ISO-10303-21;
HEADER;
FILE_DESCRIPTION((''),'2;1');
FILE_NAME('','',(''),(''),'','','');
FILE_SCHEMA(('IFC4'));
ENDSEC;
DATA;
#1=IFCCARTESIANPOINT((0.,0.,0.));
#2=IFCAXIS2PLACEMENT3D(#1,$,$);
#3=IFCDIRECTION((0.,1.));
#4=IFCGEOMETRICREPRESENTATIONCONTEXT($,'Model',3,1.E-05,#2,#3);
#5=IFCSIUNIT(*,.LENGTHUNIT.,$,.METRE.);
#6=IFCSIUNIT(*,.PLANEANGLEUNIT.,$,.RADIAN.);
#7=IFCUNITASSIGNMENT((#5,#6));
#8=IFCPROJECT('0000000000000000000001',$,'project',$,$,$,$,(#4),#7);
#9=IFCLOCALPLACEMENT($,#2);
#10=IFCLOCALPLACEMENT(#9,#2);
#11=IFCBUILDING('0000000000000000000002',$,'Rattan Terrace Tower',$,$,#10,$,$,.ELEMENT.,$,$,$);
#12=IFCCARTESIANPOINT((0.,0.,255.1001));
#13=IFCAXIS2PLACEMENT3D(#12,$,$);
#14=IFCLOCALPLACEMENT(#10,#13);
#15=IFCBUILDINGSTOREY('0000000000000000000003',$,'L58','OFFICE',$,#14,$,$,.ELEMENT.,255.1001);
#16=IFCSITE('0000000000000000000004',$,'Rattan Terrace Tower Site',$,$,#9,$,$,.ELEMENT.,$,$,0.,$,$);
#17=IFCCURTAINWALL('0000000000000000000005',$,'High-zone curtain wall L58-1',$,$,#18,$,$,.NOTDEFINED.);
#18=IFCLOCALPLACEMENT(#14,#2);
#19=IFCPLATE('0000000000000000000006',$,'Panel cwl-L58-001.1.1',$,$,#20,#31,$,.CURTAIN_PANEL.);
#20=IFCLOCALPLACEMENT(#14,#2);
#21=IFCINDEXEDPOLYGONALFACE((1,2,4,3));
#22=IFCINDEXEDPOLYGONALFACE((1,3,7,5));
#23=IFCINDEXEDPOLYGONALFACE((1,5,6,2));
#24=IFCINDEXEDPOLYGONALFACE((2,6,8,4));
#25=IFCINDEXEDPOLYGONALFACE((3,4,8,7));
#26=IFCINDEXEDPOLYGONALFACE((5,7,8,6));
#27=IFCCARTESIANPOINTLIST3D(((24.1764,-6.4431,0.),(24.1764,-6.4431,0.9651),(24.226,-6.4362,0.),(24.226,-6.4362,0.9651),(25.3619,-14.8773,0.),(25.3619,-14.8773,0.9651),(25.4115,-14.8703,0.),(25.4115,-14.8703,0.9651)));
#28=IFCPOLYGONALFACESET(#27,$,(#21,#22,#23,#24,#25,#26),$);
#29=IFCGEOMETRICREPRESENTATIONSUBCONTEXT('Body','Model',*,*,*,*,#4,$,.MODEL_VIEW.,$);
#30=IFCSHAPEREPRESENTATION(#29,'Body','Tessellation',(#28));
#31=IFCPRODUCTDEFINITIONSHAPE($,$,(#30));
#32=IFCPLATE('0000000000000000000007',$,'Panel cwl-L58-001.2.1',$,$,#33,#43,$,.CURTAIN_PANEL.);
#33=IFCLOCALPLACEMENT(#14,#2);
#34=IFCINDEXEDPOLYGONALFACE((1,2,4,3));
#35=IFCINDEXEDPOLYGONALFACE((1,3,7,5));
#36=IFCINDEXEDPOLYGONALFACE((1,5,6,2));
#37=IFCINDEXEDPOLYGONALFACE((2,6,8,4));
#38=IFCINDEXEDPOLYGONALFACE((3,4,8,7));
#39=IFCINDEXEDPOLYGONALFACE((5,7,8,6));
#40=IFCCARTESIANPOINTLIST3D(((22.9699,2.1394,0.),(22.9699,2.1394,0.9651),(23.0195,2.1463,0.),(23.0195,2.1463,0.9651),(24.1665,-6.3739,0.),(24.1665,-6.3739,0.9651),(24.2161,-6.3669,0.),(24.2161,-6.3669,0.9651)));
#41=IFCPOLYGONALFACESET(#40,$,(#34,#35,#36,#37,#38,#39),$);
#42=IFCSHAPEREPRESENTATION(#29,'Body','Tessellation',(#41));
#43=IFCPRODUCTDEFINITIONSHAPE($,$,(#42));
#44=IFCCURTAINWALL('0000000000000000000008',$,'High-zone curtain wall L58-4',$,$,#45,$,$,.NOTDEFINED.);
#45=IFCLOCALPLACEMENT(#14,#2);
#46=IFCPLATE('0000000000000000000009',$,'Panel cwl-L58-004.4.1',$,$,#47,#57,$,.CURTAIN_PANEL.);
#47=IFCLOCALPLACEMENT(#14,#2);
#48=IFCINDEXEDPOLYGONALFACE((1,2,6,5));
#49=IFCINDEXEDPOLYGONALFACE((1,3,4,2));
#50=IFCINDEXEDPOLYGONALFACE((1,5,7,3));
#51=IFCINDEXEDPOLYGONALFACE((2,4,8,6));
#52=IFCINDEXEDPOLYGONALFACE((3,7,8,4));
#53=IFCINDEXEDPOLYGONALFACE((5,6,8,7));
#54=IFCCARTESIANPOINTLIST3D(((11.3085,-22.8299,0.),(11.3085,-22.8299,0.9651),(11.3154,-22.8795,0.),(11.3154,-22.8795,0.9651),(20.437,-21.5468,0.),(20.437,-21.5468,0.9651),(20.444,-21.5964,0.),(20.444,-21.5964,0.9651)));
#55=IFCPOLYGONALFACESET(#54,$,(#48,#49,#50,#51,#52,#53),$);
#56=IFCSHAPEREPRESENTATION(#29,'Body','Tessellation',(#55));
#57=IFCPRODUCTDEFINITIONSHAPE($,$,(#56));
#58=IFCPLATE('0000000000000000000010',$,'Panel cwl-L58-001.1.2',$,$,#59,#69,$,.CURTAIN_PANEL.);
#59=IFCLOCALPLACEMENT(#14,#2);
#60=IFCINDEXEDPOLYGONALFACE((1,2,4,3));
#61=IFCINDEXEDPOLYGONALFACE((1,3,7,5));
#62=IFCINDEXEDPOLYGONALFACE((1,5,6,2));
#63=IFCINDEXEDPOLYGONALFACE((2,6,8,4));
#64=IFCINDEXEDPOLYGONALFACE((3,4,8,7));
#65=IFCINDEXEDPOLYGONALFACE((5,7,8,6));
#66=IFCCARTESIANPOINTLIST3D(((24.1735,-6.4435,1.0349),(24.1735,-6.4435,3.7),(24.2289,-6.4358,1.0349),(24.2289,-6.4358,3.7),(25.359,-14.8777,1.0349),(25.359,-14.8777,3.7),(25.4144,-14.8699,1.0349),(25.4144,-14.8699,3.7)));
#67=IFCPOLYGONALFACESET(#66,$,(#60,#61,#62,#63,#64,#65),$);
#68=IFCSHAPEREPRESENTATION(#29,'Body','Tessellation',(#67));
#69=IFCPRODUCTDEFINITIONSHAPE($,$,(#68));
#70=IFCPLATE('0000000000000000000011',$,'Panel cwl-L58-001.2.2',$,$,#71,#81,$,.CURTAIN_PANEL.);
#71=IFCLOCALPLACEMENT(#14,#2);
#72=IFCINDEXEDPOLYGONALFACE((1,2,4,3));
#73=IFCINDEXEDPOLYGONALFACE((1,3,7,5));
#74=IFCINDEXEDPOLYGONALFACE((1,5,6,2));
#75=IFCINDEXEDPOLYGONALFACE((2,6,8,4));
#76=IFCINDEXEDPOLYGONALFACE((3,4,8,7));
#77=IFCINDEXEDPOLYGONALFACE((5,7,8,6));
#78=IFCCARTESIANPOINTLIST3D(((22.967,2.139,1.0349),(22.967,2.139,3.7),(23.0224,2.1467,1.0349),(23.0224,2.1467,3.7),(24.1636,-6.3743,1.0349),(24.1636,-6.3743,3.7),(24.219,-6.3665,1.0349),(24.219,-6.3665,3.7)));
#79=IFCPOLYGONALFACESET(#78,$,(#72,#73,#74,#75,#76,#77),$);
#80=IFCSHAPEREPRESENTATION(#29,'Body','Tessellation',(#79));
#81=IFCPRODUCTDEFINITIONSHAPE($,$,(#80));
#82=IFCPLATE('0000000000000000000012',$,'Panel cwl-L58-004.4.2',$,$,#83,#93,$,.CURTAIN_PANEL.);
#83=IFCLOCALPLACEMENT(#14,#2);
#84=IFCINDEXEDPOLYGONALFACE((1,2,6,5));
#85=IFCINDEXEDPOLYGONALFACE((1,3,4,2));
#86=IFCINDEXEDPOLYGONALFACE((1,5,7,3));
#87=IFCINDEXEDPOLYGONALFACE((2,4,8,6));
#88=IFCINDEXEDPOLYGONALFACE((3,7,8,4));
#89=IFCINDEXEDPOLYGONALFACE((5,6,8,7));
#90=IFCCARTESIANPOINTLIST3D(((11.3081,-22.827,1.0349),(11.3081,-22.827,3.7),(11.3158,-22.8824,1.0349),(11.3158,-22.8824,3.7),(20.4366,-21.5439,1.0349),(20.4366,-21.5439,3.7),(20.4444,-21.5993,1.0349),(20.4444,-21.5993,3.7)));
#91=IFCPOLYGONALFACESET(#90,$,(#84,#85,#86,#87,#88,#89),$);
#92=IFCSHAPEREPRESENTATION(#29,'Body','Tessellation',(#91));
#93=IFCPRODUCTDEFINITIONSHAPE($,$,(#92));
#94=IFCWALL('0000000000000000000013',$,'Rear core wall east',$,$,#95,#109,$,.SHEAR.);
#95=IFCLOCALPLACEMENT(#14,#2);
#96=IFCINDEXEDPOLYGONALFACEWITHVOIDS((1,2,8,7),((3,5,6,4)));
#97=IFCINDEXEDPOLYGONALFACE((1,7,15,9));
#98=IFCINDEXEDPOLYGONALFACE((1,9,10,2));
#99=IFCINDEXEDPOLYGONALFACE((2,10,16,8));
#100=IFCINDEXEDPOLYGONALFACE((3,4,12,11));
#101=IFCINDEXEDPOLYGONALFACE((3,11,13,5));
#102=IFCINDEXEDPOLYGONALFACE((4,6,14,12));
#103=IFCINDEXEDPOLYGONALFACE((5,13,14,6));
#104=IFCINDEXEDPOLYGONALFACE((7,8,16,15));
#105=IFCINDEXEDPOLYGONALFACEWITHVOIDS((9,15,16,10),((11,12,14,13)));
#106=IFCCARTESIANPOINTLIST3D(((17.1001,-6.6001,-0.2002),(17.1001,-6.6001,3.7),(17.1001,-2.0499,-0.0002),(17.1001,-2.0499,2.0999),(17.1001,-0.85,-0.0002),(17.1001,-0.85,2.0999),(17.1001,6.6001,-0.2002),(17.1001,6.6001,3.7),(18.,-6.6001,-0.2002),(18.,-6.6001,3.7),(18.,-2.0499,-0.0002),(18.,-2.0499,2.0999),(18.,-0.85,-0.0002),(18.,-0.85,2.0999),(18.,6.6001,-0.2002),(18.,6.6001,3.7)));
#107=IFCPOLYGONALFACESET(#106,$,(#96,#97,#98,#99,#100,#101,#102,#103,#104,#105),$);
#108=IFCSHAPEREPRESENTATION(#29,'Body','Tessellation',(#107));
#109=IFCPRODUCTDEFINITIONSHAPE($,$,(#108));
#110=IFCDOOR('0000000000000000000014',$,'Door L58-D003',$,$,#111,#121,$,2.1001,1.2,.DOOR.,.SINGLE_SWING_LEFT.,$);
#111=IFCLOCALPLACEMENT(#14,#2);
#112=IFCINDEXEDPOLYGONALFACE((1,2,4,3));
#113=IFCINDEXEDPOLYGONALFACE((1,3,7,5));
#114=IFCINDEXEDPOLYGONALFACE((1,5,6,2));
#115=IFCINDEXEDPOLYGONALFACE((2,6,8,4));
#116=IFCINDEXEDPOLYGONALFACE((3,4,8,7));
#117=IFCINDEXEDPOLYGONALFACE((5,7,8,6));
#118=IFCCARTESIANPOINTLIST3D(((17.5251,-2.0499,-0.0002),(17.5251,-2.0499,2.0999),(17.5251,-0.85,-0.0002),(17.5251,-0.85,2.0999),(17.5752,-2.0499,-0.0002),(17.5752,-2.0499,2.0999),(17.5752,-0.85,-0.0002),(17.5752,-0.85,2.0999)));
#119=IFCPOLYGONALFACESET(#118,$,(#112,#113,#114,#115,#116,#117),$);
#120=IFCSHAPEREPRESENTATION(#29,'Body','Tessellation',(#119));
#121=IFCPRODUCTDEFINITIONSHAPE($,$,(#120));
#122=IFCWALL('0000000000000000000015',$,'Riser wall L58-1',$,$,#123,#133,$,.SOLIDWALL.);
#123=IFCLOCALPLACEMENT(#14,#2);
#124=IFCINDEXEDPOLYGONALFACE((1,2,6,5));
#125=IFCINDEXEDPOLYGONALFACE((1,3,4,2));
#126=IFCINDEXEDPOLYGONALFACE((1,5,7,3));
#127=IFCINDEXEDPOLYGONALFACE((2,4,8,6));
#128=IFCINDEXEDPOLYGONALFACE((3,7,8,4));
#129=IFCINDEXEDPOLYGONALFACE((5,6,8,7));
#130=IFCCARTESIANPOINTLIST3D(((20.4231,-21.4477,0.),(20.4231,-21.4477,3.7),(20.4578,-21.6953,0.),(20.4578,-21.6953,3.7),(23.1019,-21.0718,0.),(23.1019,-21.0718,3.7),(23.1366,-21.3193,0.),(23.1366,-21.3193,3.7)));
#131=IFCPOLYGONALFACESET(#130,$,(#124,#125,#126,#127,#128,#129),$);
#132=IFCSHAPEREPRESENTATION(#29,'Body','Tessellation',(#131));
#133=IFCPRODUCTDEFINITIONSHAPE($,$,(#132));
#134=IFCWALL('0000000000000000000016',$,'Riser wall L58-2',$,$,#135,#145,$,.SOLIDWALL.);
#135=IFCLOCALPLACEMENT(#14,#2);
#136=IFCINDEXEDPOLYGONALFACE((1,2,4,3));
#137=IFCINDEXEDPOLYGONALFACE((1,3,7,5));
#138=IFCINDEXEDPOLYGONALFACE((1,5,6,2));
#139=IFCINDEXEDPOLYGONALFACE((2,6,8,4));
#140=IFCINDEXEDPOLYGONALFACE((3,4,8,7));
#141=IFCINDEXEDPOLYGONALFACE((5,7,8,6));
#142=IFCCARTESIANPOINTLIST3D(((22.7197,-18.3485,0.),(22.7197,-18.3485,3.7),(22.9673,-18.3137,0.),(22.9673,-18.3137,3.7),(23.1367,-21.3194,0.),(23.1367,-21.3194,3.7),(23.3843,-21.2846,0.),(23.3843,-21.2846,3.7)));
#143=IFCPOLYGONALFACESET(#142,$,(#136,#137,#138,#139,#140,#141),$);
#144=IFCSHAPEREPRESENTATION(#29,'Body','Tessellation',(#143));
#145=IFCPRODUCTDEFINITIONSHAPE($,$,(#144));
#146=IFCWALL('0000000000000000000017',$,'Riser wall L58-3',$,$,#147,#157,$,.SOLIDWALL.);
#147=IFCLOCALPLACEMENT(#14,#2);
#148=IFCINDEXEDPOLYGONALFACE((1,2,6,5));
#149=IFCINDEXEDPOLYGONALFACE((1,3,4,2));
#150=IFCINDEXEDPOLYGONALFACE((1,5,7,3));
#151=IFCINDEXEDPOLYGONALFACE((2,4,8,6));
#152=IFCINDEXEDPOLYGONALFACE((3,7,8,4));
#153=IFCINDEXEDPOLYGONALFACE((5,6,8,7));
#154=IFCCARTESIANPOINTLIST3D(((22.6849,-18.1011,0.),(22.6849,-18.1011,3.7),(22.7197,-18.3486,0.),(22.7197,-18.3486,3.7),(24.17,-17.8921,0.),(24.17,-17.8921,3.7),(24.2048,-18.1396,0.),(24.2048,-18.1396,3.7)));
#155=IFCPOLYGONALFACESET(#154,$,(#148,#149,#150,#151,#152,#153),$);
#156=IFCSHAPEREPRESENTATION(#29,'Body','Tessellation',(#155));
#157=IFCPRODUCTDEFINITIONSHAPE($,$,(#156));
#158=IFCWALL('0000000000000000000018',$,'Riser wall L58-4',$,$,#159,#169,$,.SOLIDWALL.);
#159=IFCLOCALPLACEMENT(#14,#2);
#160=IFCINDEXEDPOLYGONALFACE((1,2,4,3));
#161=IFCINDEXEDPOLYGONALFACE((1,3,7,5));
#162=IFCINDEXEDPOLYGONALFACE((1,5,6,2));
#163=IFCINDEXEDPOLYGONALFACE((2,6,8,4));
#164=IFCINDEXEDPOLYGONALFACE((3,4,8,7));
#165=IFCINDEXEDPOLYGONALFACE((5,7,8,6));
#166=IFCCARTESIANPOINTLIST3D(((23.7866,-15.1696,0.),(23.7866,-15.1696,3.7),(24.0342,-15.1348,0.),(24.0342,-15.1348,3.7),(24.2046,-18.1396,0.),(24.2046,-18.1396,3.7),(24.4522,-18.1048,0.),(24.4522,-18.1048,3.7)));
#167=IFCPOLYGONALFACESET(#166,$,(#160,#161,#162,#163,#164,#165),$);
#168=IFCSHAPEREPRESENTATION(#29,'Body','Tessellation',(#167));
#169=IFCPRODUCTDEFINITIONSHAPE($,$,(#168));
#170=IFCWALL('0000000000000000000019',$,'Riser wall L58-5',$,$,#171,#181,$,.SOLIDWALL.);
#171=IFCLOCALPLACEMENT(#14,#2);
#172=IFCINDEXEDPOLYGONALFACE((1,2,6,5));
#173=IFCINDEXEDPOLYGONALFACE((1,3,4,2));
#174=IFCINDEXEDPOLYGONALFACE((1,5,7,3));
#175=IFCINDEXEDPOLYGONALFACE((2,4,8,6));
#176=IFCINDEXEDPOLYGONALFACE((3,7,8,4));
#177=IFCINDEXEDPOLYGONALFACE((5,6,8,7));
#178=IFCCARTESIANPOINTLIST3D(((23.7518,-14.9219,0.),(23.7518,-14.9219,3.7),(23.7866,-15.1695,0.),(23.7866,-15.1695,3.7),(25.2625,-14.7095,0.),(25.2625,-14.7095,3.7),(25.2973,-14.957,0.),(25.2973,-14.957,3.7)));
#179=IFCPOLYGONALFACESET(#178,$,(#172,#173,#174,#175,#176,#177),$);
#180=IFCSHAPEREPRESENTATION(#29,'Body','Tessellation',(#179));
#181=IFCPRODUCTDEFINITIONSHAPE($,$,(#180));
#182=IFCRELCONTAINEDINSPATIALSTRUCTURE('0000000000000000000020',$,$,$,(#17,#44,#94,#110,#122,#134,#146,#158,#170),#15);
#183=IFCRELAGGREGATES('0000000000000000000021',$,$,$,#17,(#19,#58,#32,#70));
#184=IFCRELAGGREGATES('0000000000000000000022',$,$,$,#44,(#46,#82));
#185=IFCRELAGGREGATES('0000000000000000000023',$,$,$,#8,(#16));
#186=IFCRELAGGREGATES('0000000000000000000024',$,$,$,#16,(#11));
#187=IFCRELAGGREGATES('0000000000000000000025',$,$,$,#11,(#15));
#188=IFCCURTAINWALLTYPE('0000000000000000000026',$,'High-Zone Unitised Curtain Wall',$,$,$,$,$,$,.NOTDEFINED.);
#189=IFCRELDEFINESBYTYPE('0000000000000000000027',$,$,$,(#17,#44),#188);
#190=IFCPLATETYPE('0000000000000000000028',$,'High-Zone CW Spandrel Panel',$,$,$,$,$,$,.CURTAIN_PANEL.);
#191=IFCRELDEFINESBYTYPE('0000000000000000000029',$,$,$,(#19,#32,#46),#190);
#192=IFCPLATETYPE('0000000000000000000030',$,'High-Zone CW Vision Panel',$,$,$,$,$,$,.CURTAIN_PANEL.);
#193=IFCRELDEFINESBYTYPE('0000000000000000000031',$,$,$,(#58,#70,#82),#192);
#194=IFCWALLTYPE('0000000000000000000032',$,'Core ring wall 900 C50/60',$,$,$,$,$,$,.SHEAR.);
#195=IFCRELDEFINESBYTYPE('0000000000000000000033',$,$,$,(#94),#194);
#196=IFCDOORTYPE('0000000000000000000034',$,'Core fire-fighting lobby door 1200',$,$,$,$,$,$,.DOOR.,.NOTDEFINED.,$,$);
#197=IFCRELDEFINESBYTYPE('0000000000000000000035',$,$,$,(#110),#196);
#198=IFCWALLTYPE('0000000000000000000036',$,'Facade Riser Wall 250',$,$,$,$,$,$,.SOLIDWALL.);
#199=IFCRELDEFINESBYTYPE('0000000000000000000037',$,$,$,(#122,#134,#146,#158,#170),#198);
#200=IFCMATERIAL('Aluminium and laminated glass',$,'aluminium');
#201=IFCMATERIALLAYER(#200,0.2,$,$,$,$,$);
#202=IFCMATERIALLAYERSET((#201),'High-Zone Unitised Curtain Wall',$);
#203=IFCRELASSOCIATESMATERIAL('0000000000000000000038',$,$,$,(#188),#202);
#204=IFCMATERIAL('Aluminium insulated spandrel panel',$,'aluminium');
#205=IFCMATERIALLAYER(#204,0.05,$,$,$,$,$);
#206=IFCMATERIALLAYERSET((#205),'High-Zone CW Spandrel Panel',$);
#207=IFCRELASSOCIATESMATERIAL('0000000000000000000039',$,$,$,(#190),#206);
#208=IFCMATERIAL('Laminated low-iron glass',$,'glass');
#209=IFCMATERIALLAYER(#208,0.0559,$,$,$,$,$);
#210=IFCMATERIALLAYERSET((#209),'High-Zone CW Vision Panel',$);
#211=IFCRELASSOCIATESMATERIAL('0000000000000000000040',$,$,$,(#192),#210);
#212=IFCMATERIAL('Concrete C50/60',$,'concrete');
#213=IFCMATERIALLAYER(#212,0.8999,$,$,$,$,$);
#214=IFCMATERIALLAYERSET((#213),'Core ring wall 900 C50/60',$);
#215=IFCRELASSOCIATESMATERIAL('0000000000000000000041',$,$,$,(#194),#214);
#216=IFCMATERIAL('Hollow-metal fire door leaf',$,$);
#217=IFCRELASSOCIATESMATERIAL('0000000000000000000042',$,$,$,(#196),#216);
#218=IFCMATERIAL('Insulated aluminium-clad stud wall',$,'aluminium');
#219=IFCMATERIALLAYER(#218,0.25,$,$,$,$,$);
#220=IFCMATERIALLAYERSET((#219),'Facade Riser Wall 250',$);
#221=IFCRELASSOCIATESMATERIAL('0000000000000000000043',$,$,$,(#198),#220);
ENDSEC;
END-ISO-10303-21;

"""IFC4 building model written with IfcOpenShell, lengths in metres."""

from ifc_helpers import new_model, si_unit, direction, frame, frame_2d, origin, origin_2d, place, context, subcontext, project, spatial, rectangle, extrude, material, layer, layer_set, type_object, element, fill, aggregate, save


model = new_model("IFC4")

# Units and contexts
model_context = context("Model", 3, precision=1e-05, world=origin(), true_north=direction((0.0, 1.0)))
body_context = subcontext(model_context, "Body", "Model", "MODEL_VIEW")
ifc_project = project(units=[si_unit("LENGTHUNIT", "METRE"), si_unit("PLANEANGLEUNIT", "RADIAN")], contexts=[model_context])

# Site, building, storey
site_placement = place(None, origin())
site = spatial("IfcSite", under=ifc_project, at=site_placement, Name="Rattan Terrace Tower Site", CompositionType="ELEMENT", RefElevation=0.0)
building_placement = place(site_placement, origin())
building = spatial("IfcBuilding", under=site, at=building_placement, Name="Rattan Terrace Tower", CompositionType="ELEMENT")
storey_placement = place(building_placement, frame((0.0, 0.0, 255.1001)))
storey = spatial("IfcBuildingStorey", under=building, at=storey_placement, Name="L58", Description="OFFICE", CompositionType="ELEMENT", Elevation=255.1001)

# Curtain wall, plates
ifc_material_1 = material(Name="Aluminium and laminated glass", Category="aluminium")
ifc_layer_1 = layer(ifc_material_1, 0.2)
ifc_layer_set_1 = layer_set([ifc_layer_1], Name="High-Zone Unitised Curtain Wall")
curtain_wall_type = type_object("IfcCurtainWallType", Name="High-Zone Unitised Curtain Wall", PredefinedType="NOTDEFINED", material=ifc_layer_set_1)
curtain_wall_1_placement = place(storey_placement, origin())
curtain_wall_1 = element("IfcCurtainWall", 1, at=curtain_wall_1_placement, inside=storey, type_object=curtain_wall_type, Name="High-zone curtain wall L58-1", PredefinedType="NOTDEFINED")
ifc_material_2 = material(Name="Aluminium insulated spandrel panel", Category="aluminium")
ifc_layer_2 = layer(ifc_material_2, 0.05)
ifc_layer_set_2 = layer_set([ifc_layer_2], Name="High-Zone CW Spandrel Panel")
plate_type_1 = type_object("IfcPlateType", Name="High-Zone CW Spandrel Panel", PredefinedType="CURTAIN_PANEL", material=ifc_layer_set_2)
plate_1_placement = place(storey_placement, frame((24.7939, -10.6567, 0.0), z_axis=(0.0, 0.0, 1.0), x_axis=(-0.139192, 0.990265, 0.0)))
plate_1 = element("IfcPlate", 2, at=plate_1_placement, type_object=plate_type_1, Name="Panel cwl-L58-001.1.1", PredefinedType="CURTAIN_PANEL", context=body_context, shape_type="SweptSolid", body=[
    extrude(rectangle(XDim=8.5171, YDim=0.05, at=origin_2d()), origin(), (0.0, 0.0, 1.0), 0.9651),
])
plate_2_placement = place(storey_placement, frame((23.593, -2.1138, 0.0), z_axis=(0.0, 0.0, 1.0), x_axis=(-0.139192, 0.990265, 0.0)))
plate_2 = element("IfcPlate", 3, at=plate_2_placement, type_object=plate_type_1, Name="Panel cwl-L58-001.2.1", PredefinedType="CURTAIN_PANEL", context=body_context, shape_type="SweptSolid", body=[
    extrude(rectangle(XDim=8.5969, YDim=0.05, at=origin_2d()), origin(), (0.0, 0.0, 1.0), 0.9651),
])

# Curtain wall, plate
curtain_wall_2_placement = place(storey_placement, origin())
curtain_wall_2 = element("IfcCurtainWall", 4, at=curtain_wall_2_placement, inside=storey, type_object=curtain_wall_type, Name="High-zone curtain wall L58-4", PredefinedType="NOTDEFINED")
plate_3_placement = place(storey_placement, frame((15.8762, -22.2131, 0.0), z_axis=(0.0, 0.0, 1.0), x_axis=(0.990266, 0.139189, 0.0)))
plate_3 = element("IfcPlate", 5, at=plate_3_placement, type_object=plate_type_1, Name="Panel cwl-L58-004.4.1", PredefinedType="CURTAIN_PANEL", context=body_context, shape_type="SweptSolid", body=[
    extrude(rectangle(XDim=9.2183, YDim=0.05, at=origin_2d()), origin(), (0.0, 0.0, 1.0), 0.9651),
])

# Plates
ifc_material_3 = material(Name="Laminated low-iron glass", Category="glass")
ifc_layer_3 = layer(ifc_material_3, 0.0559)
ifc_layer_set_3 = layer_set([ifc_layer_3], Name="High-Zone CW Vision Panel")
plate_type_2 = type_object("IfcPlateType", Name="High-Zone CW Vision Panel", PredefinedType="CURTAIN_PANEL", material=ifc_layer_set_3)
plate_4_placement = place(storey_placement, frame((24.7939, -10.6567, 1.0349), z_axis=(0.0, 0.0, 1.0), x_axis=(-0.139192, 0.990265, 0.0)))
plate_4 = element("IfcPlate", 6, at=plate_4_placement, type_object=plate_type_2, Name="Panel cwl-L58-001.1.2", PredefinedType="CURTAIN_PANEL", context=body_context, shape_type="SweptSolid", body=[
    extrude(rectangle(XDim=8.5171, YDim=0.0559, at=origin_2d()), origin(), (0.0, 0.0, 1.0), 2.665),
])
plate_5_placement = place(storey_placement, frame((23.593, -2.1138, 1.0349), z_axis=(0.0, 0.0, 1.0), x_axis=(-0.139192, 0.990265, 0.0)))
plate_5 = element("IfcPlate", 7, at=plate_5_placement, type_object=plate_type_2, Name="Panel cwl-L58-001.2.2", PredefinedType="CURTAIN_PANEL", context=body_context, shape_type="SweptSolid", body=[
    extrude(rectangle(XDim=8.5969, YDim=0.0559, at=origin_2d()), origin(), (0.0, 0.0, 1.0), 2.665),
])
aggregate(curtain_wall_1, [plate_1, plate_4, plate_2, plate_5])
plate_6_placement = place(storey_placement, frame((15.8762, -22.2131, 1.0349), z_axis=(0.0, 0.0, 1.0), x_axis=(0.990266, 0.139189, 0.0)))
plate_6 = element("IfcPlate", 8, at=plate_6_placement, type_object=plate_type_2, Name="Panel cwl-L58-004.4.2", PredefinedType="CURTAIN_PANEL", context=body_context, shape_type="SweptSolid", body=[
    extrude(rectangle(XDim=9.2183, YDim=0.0559, at=origin_2d()), origin(), (0.0, 0.0, 1.0), 2.665),
])
aggregate(curtain_wall_2, [plate_3, plate_6])

# Wall, opening, door
ifc_material_4 = material(Name="Concrete C50/60", Category="concrete")
ifc_layer_4 = layer(ifc_material_4, 0.8999)
ifc_layer_set_4 = layer_set([ifc_layer_4], Name="Core ring wall 900 C50/60")
wall_type_1 = type_object("IfcWallType", Name="Core ring wall 900 C50/60", PredefinedType="SHEAR", material=ifc_layer_set_4)
wall_1_placement = place(storey_placement, frame((17.55, -6.6001, -0.2002), z_axis=(0.0, 0.0, 1.0), x_axis=(0.0, 1.0, 0.0)))
wall_1 = element("IfcWall", 9, at=wall_1_placement, inside=storey, type_object=wall_type_1, Name="Rear core wall east", PredefinedType="SHEAR", context=body_context, shape_type="SweptSolid", body=[
    extrude(rectangle(XDim=13.2002, YDim=0.8999, at=frame_2d((6.6001, 0.0))), origin(), (0.0, 0.0, 1.0), 3.9001),
])
opening_1_placement = place(wall_1_placement, frame((4.55, 0.0, 0.2)))
opening_1 = element("IfcOpeningElement", 10, at=opening_1_placement, cuts=wall_1, PredefinedType="OPENING", context=body_context, shape_type="SweptSolid", body=[
    extrude(rectangle(XDim=1.2, YDim=2.1001, at=frame_2d((0.6001, 1.05))), frame((0.0, 0.4604, 0.0), z_axis=(0.0, -1.0, 0.0), x_axis=(1.0, 0.0, 0.0)), (0.0, 0.0, 1.0), 0.9209),
])
ifc_material_5 = material(Name="Hollow-metal fire door leaf")
door_type_1 = type_object("IfcDoorType", Name="Core fire-fighting lobby door 1200", OperationType="NOTDEFINED", PredefinedType="DOOR", material=ifc_material_5)
door_1_placement = place(opening_1_placement, origin())
door_1 = element("IfcDoor", 11, at=door_1_placement, inside=storey, type_object=door_type_1, Name="Door L58-D003", OperationType="SINGLE_SWING_LEFT", OverallHeight=2.1001, OverallWidth=1.2, PredefinedType="DOOR", context=body_context, shape_type="SweptSolid", body=[
    extrude(rectangle(XDim=1.2, YDim=2.1001, at=frame_2d((0.6001, 1.05))), frame((0.0, 0.0249, 0.0), z_axis=(0.0, -1.0, 0.0), x_axis=(1.0, 0.0, 0.0)), (0.0, 0.0, 1.0), 0.05),
])
fill(opening_1, door_1)

# Walls
ifc_material_6 = material(Name="Insulated aluminium-clad stud wall", Category="aluminium")
ifc_layer_5 = layer(ifc_material_6, 0.25)
ifc_layer_set_5 = layer_set([ifc_layer_5], Name="Facade Riser Wall 250")
wall_type_2 = type_object("IfcWallType", Name="Facade Riser Wall 250", PredefinedType="SOLIDWALL", material=ifc_layer_set_5)
wall_2_placement = place(storey_placement, frame((20.4404, -21.5715, 0.0), z_axis=(0.0, 0.0, 1.0), x_axis=(0.990293, 0.138995, 0.0)))
element("IfcWall", 12, at=wall_2_placement, inside=storey, type_object=wall_type_2, Name="Riser wall L58-1", PredefinedType="SOLIDWALL", context=body_context, shape_type="SweptSolid", body=[
    extrude(rectangle(XDim=2.7051, YDim=0.25, at=frame_2d((1.3525, 0.0))), origin(), (0.0, 0.0, 1.0), 3.7),
])
wall_3_placement = place(storey_placement, frame((23.2605, -21.302, 0.0), z_axis=(0.0, 0.0, 1.0), x_axis=(-0.138994, 0.990293, 0.0)))
element("IfcWall", 13, at=wall_3_placement, inside=storey, type_object=wall_type_2, Name="Riser wall L58-2", PredefinedType="SOLIDWALL", context=body_context, shape_type="SweptSolid", body=[
    extrude(rectangle(XDim=3.0, YDim=0.25, at=frame_2d((1.5, 0.0))), origin(), (0.0, 0.0, 1.0), 3.7),
])
wall_4_placement = place(storey_placement, frame((22.7021, -18.2249, 0.0), z_axis=(0.0, 0.0, 1.0), x_axis=(0.990244, 0.139347, 0.0)))
element("IfcWall", 14, at=wall_4_placement, inside=storey, type_object=wall_type_2, Name="Riser wall L58-3", PredefinedType="SOLIDWALL", context=body_context, shape_type="SweptSolid", body=[
    extrude(rectangle(XDim=1.4998, YDim=0.25, at=frame_2d((0.75, 0.0))), origin(), (0.0, 0.0, 1.0), 3.7),
])
wall_5_placement = place(storey_placement, frame((24.3284, -18.1221, 0.0), z_axis=(0.0, 0.0, 1.0), x_axis=(-0.139358, 0.990242, 0.0)))
element("IfcWall", 15, at=wall_5_placement, inside=storey, type_object=wall_type_2, Name="Riser wall L58-4", PredefinedType="SOLIDWALL", context=body_context, shape_type="SweptSolid", body=[
    extrude(rectangle(XDim=2.9993, YDim=0.25, at=frame_2d((1.4995, 0.0))), origin(), (0.0, 0.0, 1.0), 3.7),
])
wall_6_placement = place(storey_placement, frame((23.7693, -15.0457, 0.0), z_axis=(0.0, 0.0, 1.0), x_axis=(0.990261, 0.139225, 0.0)))
element("IfcWall", 16, at=wall_6_placement, inside=storey, type_object=wall_type_2, Name="Riser wall L58-5", PredefinedType="SOLIDWALL", context=body_context, shape_type="SweptSolid", body=[
    extrude(rectangle(XDim=1.5256, YDim=0.25, at=frame_2d((0.7627, 0.0))), origin(), (0.0, 0.0, 1.0), 3.7),
])

save(model, "model.ifc")
